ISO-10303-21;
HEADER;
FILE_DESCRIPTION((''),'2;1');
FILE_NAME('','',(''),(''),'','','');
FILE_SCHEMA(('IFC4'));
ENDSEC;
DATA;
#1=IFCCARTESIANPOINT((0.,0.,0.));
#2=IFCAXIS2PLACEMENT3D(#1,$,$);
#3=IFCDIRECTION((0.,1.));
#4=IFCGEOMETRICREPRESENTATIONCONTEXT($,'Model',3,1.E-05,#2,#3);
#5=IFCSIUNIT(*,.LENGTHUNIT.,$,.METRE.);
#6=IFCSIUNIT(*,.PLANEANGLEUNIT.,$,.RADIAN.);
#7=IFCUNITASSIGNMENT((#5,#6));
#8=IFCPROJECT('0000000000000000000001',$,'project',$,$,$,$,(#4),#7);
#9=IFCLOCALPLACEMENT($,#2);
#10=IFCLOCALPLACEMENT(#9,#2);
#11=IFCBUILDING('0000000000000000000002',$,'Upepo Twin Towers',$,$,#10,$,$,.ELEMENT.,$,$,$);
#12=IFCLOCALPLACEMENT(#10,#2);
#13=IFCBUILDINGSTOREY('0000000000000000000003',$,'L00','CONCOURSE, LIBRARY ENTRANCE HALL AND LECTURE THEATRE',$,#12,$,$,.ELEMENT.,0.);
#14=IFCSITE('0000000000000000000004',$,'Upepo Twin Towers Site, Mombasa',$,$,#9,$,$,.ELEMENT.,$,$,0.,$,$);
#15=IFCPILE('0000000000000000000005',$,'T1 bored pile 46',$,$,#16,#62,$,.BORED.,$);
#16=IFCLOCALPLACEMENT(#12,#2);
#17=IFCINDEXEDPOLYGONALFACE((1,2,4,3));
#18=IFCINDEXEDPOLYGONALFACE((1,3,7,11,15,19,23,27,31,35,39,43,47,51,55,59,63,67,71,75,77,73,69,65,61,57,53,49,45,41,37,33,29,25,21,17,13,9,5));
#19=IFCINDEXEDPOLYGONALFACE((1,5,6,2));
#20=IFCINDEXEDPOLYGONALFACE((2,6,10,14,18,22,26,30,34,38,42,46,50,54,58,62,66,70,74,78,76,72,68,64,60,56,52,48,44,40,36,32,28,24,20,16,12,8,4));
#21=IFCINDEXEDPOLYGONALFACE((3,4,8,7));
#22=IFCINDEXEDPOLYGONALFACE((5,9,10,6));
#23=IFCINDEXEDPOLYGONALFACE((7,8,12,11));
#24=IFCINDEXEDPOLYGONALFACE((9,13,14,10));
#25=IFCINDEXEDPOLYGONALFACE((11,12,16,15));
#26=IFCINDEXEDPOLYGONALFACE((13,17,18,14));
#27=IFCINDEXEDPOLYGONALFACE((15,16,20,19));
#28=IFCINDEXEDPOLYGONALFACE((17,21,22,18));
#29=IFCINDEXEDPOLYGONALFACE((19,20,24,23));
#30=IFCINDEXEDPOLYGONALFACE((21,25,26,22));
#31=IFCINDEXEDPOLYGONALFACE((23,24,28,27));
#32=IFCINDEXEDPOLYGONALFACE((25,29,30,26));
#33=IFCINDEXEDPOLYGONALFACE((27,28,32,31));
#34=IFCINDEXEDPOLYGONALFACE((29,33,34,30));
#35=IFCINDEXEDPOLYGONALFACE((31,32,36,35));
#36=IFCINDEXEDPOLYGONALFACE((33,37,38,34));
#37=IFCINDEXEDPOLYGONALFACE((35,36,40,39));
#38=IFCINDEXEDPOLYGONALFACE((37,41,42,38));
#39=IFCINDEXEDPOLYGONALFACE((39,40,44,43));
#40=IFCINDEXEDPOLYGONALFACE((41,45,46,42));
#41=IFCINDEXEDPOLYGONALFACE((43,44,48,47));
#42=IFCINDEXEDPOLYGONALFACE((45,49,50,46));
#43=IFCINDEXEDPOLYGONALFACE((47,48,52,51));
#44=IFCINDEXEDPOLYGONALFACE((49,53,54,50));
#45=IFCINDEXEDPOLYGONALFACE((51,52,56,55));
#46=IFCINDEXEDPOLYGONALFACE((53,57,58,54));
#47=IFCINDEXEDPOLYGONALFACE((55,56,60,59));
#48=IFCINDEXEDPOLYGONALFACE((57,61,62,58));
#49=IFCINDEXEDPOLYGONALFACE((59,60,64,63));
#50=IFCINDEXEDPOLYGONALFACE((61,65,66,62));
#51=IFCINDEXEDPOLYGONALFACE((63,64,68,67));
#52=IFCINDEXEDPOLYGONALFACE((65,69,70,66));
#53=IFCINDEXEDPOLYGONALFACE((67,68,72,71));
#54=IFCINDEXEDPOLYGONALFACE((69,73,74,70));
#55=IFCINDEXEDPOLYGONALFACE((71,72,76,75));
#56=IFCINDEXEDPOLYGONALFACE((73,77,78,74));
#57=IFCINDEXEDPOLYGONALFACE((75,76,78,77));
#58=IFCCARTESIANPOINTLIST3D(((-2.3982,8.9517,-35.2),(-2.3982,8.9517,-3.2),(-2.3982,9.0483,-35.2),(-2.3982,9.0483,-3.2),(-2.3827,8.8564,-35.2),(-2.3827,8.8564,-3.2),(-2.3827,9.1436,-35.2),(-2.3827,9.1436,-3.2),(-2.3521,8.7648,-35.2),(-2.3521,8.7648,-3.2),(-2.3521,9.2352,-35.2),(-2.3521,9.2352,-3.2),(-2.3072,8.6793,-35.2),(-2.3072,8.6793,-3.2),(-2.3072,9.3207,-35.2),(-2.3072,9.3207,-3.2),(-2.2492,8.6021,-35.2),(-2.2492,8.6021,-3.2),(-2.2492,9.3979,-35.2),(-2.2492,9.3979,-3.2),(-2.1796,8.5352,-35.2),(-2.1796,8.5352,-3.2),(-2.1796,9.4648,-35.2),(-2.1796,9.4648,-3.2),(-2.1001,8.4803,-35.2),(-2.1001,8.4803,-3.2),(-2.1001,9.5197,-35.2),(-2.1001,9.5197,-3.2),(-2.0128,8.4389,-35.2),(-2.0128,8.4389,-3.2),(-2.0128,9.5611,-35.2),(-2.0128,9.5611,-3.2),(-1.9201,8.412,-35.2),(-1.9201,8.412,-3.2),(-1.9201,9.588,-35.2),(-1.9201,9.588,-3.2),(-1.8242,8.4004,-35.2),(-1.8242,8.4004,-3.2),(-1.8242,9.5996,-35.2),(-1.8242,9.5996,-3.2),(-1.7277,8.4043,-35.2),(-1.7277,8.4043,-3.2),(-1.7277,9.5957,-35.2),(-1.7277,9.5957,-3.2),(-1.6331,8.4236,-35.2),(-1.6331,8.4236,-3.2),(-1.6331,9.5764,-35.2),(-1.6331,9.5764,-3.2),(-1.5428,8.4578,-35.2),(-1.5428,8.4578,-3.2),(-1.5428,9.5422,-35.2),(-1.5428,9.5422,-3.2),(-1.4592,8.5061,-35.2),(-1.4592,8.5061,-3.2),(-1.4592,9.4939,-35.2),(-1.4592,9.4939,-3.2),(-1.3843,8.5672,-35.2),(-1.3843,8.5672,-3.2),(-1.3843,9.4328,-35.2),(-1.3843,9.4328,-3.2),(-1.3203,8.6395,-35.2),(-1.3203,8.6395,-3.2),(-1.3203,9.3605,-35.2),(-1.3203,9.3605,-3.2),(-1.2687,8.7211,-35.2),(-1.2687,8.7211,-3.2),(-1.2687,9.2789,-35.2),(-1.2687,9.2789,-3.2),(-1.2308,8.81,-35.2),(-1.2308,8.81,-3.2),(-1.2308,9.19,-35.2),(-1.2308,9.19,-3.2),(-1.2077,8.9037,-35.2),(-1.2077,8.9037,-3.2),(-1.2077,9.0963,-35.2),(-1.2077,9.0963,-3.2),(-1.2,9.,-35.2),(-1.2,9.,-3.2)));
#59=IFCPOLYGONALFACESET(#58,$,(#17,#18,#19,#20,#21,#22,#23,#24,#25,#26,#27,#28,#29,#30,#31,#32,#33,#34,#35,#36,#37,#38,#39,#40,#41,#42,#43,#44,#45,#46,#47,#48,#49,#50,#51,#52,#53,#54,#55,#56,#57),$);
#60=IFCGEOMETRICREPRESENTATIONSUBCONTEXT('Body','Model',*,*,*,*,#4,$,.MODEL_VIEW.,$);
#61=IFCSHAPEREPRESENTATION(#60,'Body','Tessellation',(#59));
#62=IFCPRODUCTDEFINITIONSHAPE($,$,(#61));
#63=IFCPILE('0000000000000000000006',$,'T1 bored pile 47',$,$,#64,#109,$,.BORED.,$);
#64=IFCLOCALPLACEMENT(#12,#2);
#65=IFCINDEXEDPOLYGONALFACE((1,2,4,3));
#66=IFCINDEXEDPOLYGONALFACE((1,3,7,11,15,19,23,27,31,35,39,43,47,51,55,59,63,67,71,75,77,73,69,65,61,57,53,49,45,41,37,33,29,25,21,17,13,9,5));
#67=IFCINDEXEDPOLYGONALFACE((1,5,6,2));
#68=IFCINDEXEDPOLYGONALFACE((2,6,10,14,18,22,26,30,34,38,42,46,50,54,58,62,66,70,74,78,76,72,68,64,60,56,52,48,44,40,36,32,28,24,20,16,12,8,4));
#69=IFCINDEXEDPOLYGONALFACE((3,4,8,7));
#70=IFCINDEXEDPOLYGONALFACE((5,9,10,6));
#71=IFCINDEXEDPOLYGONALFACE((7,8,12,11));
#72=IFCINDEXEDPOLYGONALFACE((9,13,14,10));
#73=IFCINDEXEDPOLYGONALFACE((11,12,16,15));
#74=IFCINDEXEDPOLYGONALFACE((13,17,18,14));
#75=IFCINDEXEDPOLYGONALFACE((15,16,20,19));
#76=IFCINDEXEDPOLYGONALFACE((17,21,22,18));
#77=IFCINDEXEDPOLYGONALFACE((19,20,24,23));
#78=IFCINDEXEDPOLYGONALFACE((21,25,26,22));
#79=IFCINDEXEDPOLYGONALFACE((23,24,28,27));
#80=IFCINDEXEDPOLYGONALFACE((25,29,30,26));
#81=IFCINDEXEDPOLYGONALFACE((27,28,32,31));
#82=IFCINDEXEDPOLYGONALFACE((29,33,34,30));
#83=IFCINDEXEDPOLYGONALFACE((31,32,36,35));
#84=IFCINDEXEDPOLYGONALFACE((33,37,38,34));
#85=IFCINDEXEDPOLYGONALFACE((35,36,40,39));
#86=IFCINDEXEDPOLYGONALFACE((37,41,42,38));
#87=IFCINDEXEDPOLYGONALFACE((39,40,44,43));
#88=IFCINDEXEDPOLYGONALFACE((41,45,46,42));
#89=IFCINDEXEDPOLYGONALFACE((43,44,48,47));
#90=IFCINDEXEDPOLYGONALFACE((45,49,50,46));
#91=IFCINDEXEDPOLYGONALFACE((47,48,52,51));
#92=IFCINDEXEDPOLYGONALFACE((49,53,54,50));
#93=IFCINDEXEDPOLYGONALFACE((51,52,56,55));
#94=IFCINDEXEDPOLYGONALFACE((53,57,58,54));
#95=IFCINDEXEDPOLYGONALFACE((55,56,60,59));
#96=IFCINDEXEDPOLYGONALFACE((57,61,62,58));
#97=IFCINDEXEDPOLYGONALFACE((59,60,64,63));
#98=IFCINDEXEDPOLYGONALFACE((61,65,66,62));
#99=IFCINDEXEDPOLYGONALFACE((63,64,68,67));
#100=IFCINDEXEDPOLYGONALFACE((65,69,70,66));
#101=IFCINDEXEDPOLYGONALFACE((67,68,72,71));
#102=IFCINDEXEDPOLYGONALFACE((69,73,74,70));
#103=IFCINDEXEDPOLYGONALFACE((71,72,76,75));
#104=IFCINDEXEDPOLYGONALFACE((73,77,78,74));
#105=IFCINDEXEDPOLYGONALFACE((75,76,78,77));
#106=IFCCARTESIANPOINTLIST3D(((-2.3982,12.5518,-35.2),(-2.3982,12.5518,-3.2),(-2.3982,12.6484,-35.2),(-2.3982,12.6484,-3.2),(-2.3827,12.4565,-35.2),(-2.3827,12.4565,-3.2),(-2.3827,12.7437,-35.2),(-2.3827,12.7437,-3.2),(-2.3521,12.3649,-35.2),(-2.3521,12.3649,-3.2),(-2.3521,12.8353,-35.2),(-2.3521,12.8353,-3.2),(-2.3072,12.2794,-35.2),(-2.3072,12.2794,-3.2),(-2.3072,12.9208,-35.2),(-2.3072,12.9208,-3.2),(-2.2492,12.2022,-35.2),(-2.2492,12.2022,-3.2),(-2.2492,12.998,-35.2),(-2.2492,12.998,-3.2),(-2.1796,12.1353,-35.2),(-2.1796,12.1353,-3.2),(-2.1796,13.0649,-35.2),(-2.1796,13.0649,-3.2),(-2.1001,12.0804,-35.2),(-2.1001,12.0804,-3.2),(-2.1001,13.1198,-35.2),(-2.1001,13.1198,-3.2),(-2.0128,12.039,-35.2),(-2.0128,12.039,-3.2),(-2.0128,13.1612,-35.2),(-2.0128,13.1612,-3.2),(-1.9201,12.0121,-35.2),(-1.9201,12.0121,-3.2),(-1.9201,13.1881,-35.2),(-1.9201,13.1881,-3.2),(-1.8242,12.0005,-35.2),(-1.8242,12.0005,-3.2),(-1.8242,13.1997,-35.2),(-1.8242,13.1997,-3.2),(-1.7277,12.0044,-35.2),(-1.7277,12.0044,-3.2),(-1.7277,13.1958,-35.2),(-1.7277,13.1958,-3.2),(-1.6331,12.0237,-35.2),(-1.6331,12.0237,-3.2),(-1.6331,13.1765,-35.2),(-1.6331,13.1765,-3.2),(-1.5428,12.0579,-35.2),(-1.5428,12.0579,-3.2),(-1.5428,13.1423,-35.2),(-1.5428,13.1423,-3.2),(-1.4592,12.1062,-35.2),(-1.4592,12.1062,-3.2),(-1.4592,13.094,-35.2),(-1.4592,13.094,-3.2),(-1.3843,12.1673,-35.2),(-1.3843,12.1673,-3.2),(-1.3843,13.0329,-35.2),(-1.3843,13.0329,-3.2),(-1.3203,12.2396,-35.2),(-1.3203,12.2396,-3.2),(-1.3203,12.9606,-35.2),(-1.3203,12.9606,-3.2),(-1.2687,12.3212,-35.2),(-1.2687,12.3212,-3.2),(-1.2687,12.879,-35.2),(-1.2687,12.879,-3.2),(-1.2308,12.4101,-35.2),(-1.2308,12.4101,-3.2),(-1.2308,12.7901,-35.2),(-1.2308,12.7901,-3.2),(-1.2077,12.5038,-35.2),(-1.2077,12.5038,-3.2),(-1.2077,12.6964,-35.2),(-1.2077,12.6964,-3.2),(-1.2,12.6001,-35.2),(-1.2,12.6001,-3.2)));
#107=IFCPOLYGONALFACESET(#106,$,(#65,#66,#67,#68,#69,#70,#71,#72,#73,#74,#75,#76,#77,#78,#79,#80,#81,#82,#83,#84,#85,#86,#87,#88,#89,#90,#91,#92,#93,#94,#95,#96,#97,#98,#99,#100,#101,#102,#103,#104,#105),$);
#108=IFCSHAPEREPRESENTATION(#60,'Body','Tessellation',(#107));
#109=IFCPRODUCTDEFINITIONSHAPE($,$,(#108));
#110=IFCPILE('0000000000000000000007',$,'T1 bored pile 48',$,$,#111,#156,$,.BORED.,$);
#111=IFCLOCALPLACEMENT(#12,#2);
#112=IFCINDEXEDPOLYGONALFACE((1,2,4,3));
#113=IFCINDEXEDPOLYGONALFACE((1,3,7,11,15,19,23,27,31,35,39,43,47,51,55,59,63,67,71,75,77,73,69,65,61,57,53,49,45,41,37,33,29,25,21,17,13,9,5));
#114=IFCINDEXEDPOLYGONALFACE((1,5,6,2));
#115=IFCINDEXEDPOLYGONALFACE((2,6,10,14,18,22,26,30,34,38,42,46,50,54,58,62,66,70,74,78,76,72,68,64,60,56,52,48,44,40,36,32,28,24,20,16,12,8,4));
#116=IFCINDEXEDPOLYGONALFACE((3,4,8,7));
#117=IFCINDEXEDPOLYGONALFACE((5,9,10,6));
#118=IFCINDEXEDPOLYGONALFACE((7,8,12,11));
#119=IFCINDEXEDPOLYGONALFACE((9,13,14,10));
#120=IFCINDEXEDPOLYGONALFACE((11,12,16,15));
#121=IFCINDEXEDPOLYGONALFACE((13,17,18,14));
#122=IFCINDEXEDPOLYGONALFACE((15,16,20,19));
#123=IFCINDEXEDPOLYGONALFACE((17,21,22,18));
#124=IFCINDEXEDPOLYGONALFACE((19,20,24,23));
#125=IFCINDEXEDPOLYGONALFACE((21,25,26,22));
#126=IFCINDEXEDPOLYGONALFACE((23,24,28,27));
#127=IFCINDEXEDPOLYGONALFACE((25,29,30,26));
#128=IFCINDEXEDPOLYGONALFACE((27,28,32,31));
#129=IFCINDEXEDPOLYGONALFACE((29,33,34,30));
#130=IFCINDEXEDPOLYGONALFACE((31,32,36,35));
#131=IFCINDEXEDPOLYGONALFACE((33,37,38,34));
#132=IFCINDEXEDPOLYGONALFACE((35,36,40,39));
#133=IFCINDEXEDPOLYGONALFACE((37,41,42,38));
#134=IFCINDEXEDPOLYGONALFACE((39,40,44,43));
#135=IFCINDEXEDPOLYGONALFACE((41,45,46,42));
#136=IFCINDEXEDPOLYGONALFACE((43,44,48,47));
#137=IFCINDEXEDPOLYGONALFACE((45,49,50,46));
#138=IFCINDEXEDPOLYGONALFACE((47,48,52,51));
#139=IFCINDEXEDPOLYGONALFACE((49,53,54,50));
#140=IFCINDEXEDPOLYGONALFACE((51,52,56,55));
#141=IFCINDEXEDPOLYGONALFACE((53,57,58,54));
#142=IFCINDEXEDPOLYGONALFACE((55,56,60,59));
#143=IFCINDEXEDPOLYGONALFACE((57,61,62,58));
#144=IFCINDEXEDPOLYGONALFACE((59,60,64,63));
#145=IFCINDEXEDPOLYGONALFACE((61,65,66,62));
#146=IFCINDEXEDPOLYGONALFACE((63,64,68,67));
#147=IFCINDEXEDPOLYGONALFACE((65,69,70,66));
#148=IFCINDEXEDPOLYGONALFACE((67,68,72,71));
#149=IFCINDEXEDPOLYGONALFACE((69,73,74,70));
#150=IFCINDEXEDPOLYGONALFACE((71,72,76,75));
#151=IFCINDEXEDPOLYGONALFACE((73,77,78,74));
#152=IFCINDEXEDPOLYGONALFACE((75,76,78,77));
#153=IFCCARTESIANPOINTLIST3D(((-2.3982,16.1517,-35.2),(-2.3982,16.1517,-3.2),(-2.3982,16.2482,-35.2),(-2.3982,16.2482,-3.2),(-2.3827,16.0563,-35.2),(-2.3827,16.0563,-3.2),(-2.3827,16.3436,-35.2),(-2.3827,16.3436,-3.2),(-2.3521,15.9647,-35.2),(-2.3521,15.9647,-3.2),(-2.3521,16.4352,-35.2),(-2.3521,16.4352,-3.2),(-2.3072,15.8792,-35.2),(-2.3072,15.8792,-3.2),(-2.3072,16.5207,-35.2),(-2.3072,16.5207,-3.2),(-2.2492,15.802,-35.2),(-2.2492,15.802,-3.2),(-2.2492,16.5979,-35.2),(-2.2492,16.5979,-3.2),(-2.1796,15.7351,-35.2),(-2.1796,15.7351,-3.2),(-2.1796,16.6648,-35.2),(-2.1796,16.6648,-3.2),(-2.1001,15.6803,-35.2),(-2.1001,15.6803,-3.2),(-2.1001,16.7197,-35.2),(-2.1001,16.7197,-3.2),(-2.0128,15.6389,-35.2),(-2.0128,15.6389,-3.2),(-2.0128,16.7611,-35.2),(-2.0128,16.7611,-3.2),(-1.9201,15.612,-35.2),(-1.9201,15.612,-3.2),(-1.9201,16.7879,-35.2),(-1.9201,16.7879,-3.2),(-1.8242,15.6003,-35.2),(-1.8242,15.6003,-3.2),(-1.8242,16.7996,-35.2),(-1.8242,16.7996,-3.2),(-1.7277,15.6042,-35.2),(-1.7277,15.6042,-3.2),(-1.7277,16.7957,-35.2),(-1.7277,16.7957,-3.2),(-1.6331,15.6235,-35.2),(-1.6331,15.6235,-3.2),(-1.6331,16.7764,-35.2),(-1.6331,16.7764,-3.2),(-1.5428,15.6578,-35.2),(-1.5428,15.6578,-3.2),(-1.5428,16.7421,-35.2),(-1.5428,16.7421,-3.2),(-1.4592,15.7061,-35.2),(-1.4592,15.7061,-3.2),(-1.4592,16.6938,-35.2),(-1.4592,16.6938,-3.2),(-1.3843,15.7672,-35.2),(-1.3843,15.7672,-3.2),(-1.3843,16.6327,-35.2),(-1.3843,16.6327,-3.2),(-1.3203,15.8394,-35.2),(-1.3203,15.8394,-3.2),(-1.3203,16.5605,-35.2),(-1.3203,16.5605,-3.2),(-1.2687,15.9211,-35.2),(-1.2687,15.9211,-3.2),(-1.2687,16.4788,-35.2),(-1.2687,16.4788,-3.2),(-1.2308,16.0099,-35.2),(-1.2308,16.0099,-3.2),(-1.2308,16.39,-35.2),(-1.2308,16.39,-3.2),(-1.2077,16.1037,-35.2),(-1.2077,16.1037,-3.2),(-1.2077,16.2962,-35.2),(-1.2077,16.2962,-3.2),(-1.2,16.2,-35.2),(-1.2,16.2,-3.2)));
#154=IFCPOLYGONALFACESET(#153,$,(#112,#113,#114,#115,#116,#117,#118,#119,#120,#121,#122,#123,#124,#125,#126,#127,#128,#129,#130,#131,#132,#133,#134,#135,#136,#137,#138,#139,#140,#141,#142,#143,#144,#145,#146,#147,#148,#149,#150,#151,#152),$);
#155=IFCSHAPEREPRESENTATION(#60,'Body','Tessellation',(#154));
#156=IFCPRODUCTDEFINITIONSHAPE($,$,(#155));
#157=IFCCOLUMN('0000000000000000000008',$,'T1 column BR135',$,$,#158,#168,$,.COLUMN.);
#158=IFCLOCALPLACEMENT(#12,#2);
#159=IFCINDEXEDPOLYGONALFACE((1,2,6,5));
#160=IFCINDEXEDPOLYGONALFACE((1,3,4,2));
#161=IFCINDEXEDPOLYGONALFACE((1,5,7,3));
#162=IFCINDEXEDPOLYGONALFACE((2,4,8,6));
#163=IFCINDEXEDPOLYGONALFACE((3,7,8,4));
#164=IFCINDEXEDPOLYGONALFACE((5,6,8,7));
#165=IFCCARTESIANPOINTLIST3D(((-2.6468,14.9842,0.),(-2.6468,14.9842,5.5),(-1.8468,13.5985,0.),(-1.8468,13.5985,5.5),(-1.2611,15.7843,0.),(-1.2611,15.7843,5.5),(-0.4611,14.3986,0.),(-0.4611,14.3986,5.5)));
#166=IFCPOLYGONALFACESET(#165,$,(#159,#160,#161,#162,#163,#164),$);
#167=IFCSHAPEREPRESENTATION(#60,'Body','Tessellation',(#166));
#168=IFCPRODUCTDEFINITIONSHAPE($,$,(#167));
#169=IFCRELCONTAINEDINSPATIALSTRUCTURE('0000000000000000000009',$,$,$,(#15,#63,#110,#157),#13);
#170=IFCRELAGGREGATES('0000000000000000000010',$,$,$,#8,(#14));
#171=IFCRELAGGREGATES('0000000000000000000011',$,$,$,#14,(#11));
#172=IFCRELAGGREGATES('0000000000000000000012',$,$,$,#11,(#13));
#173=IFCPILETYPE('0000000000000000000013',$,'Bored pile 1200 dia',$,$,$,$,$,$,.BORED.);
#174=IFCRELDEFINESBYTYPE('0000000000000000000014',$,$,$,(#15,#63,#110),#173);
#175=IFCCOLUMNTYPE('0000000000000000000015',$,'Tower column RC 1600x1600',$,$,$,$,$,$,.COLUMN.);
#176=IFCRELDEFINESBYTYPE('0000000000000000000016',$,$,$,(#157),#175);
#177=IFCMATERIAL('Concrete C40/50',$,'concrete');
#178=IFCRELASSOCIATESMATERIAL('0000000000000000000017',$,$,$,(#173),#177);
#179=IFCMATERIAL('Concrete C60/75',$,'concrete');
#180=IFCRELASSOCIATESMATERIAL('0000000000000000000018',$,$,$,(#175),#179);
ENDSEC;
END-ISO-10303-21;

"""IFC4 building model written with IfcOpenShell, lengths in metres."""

from ifc_helpers import new_model, si_unit, direction, frame, origin, origin_2d, place, context, subcontext, project, spatial, rectangle, circle, extrude, material, material_profile, profile_set, type_object, element, save


model = new_model("IFC4")

# Units and contexts
model_context = context("Model", 3, precision=1e-05, world=origin(), true_north=direction((0.0, 1.0)))
body_context = subcontext(model_context, "Body", "Model", "MODEL_VIEW")
ifc_project = project(units=[si_unit("LENGTHUNIT", "METRE"), si_unit("PLANEANGLEUNIT", "RADIAN")], contexts=[model_context])

# Site, building, storey
site_placement = place(None, origin())
site = spatial("IfcSite", under=ifc_project, at=site_placement, Name="Upepo Twin Towers Site, Mombasa", CompositionType="ELEMENT", RefElevation=0.0)
building_placement = place(site_placement, origin())
building = spatial("IfcBuilding", under=site, at=building_placement, Name="Upepo Twin Towers", CompositionType="ELEMENT")
storey_placement = place(building_placement, origin())
storey = spatial("IfcBuildingStorey", under=building, at=storey_placement, Name="L00", Description="CONCOURSE, LIBRARY ENTRANCE HALL AND LECTURE THEATRE", CompositionType="ELEMENT", Elevation=0.0)

# Piles
ifc_material_1 = material(Name="Concrete C40/50", Category="concrete")
pile_type = type_object("IfcPileType", Name="Bored pile 1200 dia", PredefinedType="BORED", material=ifc_material_1)
for number, where, z_axis, x_axis, name in (
    (1, (-1.8, 9.0, -3.2), (0.0, 0.0, -1.0), (1.0, 0.0, 0.0), "T1 bored pile 46"),
    (2, (-1.8, 12.6001, -3.2), (0.0, 0.0, -1.0), (1.0, 0.0, 0.0), "T1 bored pile 47"),
    (3, (-1.8, 16.2, -3.2), (0.0, 0.0, -1.0), (1.0, 0.0, 0.0), "T1 bored pile 48"),
):
    element("IfcPile", number, at=place(storey_placement, frame(where, z_axis=z_axis, x_axis=x_axis)), inside=storey, type_object=pile_type, Name=name, PredefinedType="BORED", context=body_context, shape_type="SweptSolid", body=[
        extrude(circle(Radius=0.6001, at=origin_2d()), origin(), (0.0, 0.0, 1.0), 32.0),
    ])

# Column
ifc_material_2 = material(Name="Concrete C60/75", Category="concrete")
ifc_material_profile_1 = material_profile(ifc_material_2, rectangle(XDim=1.6001, YDim=1.6001, at=origin_2d()), Name="RC 1600x1600")
ifc_profile_set_1 = profile_set([ifc_material_profile_1], Name="Concrete C60/75")
column_type = type_object("IfcColumnType", Name="Tower column RC 1600x1600", PredefinedType="COLUMN", material=ifc_profile_set_1)
column_placement = place(storey_placement, frame((-1.554, 14.6914, 0.0), z_axis=(0.0, 0.0, 1.0), x_axis=(0.866025, 0.5, 0.0)))
element("IfcColumn", 4, at=column_placement, inside=storey, type_object=column_type, Name="T1 column BR135", PredefinedType="COLUMN", context=body_context, shape_type="SweptSolid", body=[
    extrude(rectangle(XDim=1.6001, YDim=1.6001, at=origin_2d()), origin(), (0.0, 0.0, 1.0), 5.5),
])

save(model, "model.ifc")
